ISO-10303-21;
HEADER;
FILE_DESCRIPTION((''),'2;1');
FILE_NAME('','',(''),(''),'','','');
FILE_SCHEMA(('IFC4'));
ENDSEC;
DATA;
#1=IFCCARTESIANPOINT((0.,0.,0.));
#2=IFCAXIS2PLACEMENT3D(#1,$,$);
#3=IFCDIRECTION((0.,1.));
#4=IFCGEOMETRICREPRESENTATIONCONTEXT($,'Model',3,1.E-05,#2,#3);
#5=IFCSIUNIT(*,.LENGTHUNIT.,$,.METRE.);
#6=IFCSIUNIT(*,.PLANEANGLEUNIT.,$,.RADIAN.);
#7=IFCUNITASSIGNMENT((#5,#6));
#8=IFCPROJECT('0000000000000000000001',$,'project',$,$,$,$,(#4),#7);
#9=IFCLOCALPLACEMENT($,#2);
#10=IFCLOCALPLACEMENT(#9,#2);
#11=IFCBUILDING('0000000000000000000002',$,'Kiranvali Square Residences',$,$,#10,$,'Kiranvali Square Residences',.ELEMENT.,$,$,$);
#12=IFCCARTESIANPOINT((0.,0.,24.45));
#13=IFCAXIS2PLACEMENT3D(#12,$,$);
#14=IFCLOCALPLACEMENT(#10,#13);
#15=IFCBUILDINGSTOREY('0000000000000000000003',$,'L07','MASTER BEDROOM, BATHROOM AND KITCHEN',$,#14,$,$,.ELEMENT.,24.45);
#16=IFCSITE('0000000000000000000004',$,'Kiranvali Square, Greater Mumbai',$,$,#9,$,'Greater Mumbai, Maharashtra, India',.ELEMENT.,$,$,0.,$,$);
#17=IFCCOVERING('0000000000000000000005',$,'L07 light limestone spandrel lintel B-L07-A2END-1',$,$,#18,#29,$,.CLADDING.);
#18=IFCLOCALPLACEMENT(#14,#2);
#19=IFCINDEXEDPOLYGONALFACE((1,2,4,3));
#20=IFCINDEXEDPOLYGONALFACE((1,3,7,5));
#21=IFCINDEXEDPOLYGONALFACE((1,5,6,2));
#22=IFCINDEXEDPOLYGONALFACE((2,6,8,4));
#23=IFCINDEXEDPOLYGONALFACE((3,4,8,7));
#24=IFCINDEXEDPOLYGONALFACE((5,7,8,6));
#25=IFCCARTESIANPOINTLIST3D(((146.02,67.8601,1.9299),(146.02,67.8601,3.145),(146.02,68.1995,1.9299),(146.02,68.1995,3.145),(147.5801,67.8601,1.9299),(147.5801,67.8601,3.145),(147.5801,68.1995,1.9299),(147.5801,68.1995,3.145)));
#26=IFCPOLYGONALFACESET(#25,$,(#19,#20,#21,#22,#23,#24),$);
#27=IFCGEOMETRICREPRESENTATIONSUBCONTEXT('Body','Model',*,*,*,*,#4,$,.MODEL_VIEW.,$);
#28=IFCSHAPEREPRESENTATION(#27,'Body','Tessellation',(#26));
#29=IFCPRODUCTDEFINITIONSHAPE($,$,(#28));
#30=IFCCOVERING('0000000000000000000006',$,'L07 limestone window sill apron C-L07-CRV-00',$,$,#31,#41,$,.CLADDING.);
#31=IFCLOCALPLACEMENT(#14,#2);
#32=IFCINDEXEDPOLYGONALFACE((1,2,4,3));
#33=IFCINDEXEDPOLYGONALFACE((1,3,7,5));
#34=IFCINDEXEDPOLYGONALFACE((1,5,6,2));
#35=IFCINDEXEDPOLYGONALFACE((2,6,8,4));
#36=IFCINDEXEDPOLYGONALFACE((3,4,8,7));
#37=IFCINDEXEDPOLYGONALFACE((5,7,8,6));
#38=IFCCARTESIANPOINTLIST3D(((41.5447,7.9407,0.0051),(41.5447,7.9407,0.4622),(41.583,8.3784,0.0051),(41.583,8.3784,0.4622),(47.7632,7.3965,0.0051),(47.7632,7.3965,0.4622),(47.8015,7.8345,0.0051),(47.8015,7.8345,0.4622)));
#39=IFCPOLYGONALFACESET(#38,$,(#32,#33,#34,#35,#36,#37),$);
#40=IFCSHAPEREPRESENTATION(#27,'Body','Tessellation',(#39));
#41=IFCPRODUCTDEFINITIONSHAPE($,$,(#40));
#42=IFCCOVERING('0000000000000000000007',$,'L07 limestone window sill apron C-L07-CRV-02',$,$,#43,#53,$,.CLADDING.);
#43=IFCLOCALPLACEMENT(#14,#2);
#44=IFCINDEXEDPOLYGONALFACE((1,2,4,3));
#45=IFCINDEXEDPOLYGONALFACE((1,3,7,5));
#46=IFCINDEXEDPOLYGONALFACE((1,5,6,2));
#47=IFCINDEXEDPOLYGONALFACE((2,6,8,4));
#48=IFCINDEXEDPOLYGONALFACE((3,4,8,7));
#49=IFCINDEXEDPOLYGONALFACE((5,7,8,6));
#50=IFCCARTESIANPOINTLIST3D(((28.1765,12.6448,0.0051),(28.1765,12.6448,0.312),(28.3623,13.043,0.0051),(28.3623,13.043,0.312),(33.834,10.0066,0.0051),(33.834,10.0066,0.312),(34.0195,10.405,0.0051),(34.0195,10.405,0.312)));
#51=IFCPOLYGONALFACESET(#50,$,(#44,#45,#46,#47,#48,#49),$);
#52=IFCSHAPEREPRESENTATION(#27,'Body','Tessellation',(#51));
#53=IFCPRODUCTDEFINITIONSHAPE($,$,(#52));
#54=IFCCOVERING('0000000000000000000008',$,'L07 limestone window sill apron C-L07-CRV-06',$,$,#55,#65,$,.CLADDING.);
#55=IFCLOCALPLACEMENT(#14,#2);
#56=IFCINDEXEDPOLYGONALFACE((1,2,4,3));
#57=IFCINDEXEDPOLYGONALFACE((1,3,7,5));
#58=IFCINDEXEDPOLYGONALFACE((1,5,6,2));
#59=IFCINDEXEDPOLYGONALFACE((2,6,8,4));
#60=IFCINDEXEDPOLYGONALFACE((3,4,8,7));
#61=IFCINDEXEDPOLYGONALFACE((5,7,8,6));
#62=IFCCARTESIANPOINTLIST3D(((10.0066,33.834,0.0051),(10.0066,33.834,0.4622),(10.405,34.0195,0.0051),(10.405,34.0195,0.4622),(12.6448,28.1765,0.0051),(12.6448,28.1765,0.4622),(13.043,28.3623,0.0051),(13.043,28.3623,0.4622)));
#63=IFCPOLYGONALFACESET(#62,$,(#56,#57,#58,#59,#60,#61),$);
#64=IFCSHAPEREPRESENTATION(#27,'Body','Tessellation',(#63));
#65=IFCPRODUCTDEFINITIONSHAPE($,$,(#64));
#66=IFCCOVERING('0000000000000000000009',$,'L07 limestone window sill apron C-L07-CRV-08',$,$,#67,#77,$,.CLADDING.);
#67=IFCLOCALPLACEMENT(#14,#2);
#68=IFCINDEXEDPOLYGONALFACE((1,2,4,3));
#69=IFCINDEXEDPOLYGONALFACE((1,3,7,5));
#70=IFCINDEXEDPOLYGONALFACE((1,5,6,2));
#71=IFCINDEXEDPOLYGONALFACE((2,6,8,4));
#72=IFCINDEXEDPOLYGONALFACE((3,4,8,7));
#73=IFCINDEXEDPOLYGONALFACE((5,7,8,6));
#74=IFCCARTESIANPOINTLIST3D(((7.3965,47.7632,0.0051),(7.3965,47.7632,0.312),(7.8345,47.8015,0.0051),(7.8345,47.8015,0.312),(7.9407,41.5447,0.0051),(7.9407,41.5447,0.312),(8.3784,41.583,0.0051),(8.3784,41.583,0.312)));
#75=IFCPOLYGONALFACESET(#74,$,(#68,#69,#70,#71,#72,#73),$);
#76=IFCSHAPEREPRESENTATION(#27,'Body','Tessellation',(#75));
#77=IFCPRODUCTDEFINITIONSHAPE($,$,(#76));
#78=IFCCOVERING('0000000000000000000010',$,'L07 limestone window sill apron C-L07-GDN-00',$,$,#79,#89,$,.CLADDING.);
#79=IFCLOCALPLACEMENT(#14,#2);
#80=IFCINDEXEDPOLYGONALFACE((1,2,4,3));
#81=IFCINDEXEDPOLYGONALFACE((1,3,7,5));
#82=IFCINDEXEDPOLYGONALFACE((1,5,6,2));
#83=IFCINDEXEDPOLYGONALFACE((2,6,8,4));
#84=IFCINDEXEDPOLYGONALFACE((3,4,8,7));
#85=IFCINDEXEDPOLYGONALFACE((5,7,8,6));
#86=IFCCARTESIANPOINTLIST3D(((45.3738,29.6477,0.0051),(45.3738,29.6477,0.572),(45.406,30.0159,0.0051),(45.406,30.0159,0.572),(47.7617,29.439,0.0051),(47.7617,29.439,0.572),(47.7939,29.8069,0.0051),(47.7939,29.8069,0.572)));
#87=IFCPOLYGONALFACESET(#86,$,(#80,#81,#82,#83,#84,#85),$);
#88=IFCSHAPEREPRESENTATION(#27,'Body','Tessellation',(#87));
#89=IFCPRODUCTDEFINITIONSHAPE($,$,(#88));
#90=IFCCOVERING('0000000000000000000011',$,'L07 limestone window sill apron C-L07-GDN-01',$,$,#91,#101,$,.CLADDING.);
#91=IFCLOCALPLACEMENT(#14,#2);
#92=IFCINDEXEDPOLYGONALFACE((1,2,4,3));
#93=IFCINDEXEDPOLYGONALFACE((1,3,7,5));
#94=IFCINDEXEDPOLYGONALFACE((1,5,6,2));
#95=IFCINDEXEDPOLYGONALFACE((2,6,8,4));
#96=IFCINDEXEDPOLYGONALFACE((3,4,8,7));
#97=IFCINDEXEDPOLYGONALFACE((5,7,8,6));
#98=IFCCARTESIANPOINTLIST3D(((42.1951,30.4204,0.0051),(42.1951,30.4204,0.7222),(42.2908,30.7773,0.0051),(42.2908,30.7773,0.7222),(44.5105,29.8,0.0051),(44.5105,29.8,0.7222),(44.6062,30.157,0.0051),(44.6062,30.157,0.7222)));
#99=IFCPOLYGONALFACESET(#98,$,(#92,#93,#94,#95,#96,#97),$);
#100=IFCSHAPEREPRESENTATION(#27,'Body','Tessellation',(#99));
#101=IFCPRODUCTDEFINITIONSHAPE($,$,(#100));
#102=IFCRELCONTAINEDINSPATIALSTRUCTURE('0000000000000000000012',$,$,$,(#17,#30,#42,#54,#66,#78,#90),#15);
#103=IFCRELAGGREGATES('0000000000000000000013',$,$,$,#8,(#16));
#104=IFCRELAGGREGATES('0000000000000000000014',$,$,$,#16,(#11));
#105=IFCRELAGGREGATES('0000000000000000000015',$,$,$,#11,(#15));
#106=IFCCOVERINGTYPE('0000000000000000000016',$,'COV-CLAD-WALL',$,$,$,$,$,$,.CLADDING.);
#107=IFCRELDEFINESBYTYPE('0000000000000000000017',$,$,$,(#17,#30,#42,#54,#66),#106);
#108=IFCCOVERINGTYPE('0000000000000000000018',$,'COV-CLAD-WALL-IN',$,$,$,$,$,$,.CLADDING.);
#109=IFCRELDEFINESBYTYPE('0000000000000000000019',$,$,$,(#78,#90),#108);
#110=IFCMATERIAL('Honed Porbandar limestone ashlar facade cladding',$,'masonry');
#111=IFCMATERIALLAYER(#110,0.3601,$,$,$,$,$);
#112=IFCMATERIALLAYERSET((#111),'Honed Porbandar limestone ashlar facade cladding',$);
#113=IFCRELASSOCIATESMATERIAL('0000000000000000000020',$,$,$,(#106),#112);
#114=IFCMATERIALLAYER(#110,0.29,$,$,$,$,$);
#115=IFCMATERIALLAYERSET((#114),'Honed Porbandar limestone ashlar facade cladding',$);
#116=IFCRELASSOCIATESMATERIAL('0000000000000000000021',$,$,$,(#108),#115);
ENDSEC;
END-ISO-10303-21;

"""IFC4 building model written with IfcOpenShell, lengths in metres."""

from ifc_helpers import new_model, si_unit, direction, frame, origin, place, context, subcontext, project, spatial, polyline, outline, extrude, material, layer, layer_set, type_object, element, save


model = new_model("IFC4")

# Units and contexts
model_context = context("Model", 3, precision=1e-05, world=origin(), true_north=direction((0.0, 1.0)))
body_context = subcontext(model_context, "Body", "Model", "MODEL_VIEW")
ifc_project = project(units=[si_unit("LENGTHUNIT", "METRE"), si_unit("PLANEANGLEUNIT", "RADIAN")], contexts=[model_context])

# Site, building, storey
site_placement = place(None, origin())
site = spatial("IfcSite", under=ifc_project, at=site_placement, Name="Kiranvali Square, Greater Mumbai", LongName="Greater Mumbai, Maharashtra, India", CompositionType="ELEMENT", RefElevation=0.0)
building_placement = place(site_placement, origin())
building = spatial("IfcBuilding", under=site, at=building_placement, Name="Kiranvali Square Residences", LongName="Kiranvali Square Residences", CompositionType="ELEMENT")
storey_placement = place(building_placement, frame((0.0, 0.0, 24.45)))
storey = spatial("IfcBuildingStorey", under=building, at=storey_placement, Name="L07", Description="MASTER BEDROOM, BATHROOM AND KITCHEN", CompositionType="ELEMENT", Elevation=24.45)

# Coverings
ifc_material = material(Name="Honed Porbandar limestone ashlar facade cladding", Category="masonry")
ifc_layer_1 = layer(ifc_material, 0.3601)
ifc_layer_set_1 = layer_set([ifc_layer_1], Name="Honed Porbandar limestone ashlar facade cladding")
covering_type_1 = type_object("IfcCoveringType", Name="COV-CLAD-WALL", PredefinedType="CLADDING", material=ifc_layer_set_1)
covering_1_placement = place(storey_placement, frame((0.0, 0.0, 1.9299)))
element("IfcCovering", 1, at=covering_1_placement, inside=storey, type_object=covering_type_1, Name="L07 light limestone spandrel lintel B-L07-A2END-1", PredefinedType="CLADDING", context=body_context, shape_type="SweptSolid", body=[
    extrude(outline(polyline([(146.02, 67.8601), (147.5801, 67.8601), (147.5801, 68.1995), (146.02, 68.1995), (146.02, 67.8601)])), origin(), (0.0, 0.0, 1.0), 1.2151),
])
covering_2_placement = place(storey_placement, frame((0.0, 0.0, 0.0051)))
element("IfcCovering", 2, at=covering_2_placement, inside=storey, type_object=covering_type_1, Name="L07 limestone window sill apron C-L07-CRV-00", PredefinedType="CLADDING", context=body_context, shape_type="SweptSolid", body=[
    extrude(outline(polyline([(47.8015, 7.8345), (41.583, 8.3784), (41.5447, 7.9407), (47.7632, 7.3965), (47.8015, 7.8345)])), origin(), (0.0, 0.0, 1.0), 0.457),
])
covering_3_placement = place(storey_placement, frame((0.0, 0.0, 0.0051)))
element("IfcCovering", 3, at=covering_3_placement, inside=storey, type_object=covering_type_1, Name="L07 limestone window sill apron C-L07-CRV-02", PredefinedType="CLADDING", context=body_context, shape_type="SweptSolid", body=[
    extrude(outline(polyline([(34.0195, 10.405), (28.3623, 13.043), (28.1765, 12.6448), (33.834, 10.0066), (34.0195, 10.405)])), origin(), (0.0, 0.0, 1.0), 0.3069),
])
covering_4_placement = place(storey_placement, frame((0.0, 0.0, 0.0051)))
element("IfcCovering", 4, at=covering_4_placement, inside=storey, type_object=covering_type_1, Name="L07 limestone window sill apron C-L07-CRV-06", PredefinedType="CLADDING", context=body_context, shape_type="SweptSolid", body=[
    extrude(outline(polyline([(13.043, 28.3623), (10.405, 34.0195), (10.0066, 33.834), (12.6448, 28.1765), (13.043, 28.3623)])), origin(), (0.0, 0.0, 1.0), 0.457),
])
covering_5_placement = place(storey_placement, frame((0.0, 0.0, 0.0051)))
element("IfcCovering", 5, at=covering_5_placement, inside=storey, type_object=covering_type_1, Name="L07 limestone window sill apron C-L07-CRV-08", PredefinedType="CLADDING", context=body_context, shape_type="SweptSolid", body=[
    extrude(outline(polyline([(8.3784, 41.583), (7.8345, 47.8015), (7.3965, 47.7632), (7.9407, 41.5447), (8.3784, 41.583)])), origin(), (0.0, 0.0, 1.0), 0.3069),
])
ifc_layer_2 = layer(ifc_material, 0.29)
ifc_layer_set_2 = layer_set([ifc_layer_2], Name="Honed Porbandar limestone ashlar facade cladding")
covering_type_2 = type_object("IfcCoveringType", Name="COV-CLAD-WALL-IN", PredefinedType="CLADDING", material=ifc_layer_set_2)
covering_6_placement = place(storey_placement, frame((0.0, 0.0, 0.0051)))
element("IfcCovering", 6, at=covering_6_placement, inside=storey, type_object=covering_type_2, Name="L07 limestone window sill apron C-L07-GDN-00", PredefinedType="CLADDING", context=body_context, shape_type="SweptSolid", body=[
    extrude(outline(polyline([(47.7939, 29.8069), (45.406, 30.0159), (45.3738, 29.6477), (47.7617, 29.439), (47.7939, 29.8069)])), origin(), (0.0, 0.0, 1.0), 0.5669),
])
covering_7_placement = place(storey_placement, frame((0.0, 0.0, 0.0051)))
element("IfcCovering", 7, at=covering_7_placement, inside=storey, type_object=covering_type_2, Name="L07 limestone window sill apron C-L07-GDN-01", PredefinedType="CLADDING", context=body_context, shape_type="SweptSolid", body=[
    extrude(outline(polyline([(44.6062, 30.157), (42.2908, 30.7773), (42.1951, 30.4204), (44.5105, 29.8), (44.6062, 30.157)])), origin(), (0.0, 0.0, 1.0), 0.717),
])

save(model, "model.ifc")
